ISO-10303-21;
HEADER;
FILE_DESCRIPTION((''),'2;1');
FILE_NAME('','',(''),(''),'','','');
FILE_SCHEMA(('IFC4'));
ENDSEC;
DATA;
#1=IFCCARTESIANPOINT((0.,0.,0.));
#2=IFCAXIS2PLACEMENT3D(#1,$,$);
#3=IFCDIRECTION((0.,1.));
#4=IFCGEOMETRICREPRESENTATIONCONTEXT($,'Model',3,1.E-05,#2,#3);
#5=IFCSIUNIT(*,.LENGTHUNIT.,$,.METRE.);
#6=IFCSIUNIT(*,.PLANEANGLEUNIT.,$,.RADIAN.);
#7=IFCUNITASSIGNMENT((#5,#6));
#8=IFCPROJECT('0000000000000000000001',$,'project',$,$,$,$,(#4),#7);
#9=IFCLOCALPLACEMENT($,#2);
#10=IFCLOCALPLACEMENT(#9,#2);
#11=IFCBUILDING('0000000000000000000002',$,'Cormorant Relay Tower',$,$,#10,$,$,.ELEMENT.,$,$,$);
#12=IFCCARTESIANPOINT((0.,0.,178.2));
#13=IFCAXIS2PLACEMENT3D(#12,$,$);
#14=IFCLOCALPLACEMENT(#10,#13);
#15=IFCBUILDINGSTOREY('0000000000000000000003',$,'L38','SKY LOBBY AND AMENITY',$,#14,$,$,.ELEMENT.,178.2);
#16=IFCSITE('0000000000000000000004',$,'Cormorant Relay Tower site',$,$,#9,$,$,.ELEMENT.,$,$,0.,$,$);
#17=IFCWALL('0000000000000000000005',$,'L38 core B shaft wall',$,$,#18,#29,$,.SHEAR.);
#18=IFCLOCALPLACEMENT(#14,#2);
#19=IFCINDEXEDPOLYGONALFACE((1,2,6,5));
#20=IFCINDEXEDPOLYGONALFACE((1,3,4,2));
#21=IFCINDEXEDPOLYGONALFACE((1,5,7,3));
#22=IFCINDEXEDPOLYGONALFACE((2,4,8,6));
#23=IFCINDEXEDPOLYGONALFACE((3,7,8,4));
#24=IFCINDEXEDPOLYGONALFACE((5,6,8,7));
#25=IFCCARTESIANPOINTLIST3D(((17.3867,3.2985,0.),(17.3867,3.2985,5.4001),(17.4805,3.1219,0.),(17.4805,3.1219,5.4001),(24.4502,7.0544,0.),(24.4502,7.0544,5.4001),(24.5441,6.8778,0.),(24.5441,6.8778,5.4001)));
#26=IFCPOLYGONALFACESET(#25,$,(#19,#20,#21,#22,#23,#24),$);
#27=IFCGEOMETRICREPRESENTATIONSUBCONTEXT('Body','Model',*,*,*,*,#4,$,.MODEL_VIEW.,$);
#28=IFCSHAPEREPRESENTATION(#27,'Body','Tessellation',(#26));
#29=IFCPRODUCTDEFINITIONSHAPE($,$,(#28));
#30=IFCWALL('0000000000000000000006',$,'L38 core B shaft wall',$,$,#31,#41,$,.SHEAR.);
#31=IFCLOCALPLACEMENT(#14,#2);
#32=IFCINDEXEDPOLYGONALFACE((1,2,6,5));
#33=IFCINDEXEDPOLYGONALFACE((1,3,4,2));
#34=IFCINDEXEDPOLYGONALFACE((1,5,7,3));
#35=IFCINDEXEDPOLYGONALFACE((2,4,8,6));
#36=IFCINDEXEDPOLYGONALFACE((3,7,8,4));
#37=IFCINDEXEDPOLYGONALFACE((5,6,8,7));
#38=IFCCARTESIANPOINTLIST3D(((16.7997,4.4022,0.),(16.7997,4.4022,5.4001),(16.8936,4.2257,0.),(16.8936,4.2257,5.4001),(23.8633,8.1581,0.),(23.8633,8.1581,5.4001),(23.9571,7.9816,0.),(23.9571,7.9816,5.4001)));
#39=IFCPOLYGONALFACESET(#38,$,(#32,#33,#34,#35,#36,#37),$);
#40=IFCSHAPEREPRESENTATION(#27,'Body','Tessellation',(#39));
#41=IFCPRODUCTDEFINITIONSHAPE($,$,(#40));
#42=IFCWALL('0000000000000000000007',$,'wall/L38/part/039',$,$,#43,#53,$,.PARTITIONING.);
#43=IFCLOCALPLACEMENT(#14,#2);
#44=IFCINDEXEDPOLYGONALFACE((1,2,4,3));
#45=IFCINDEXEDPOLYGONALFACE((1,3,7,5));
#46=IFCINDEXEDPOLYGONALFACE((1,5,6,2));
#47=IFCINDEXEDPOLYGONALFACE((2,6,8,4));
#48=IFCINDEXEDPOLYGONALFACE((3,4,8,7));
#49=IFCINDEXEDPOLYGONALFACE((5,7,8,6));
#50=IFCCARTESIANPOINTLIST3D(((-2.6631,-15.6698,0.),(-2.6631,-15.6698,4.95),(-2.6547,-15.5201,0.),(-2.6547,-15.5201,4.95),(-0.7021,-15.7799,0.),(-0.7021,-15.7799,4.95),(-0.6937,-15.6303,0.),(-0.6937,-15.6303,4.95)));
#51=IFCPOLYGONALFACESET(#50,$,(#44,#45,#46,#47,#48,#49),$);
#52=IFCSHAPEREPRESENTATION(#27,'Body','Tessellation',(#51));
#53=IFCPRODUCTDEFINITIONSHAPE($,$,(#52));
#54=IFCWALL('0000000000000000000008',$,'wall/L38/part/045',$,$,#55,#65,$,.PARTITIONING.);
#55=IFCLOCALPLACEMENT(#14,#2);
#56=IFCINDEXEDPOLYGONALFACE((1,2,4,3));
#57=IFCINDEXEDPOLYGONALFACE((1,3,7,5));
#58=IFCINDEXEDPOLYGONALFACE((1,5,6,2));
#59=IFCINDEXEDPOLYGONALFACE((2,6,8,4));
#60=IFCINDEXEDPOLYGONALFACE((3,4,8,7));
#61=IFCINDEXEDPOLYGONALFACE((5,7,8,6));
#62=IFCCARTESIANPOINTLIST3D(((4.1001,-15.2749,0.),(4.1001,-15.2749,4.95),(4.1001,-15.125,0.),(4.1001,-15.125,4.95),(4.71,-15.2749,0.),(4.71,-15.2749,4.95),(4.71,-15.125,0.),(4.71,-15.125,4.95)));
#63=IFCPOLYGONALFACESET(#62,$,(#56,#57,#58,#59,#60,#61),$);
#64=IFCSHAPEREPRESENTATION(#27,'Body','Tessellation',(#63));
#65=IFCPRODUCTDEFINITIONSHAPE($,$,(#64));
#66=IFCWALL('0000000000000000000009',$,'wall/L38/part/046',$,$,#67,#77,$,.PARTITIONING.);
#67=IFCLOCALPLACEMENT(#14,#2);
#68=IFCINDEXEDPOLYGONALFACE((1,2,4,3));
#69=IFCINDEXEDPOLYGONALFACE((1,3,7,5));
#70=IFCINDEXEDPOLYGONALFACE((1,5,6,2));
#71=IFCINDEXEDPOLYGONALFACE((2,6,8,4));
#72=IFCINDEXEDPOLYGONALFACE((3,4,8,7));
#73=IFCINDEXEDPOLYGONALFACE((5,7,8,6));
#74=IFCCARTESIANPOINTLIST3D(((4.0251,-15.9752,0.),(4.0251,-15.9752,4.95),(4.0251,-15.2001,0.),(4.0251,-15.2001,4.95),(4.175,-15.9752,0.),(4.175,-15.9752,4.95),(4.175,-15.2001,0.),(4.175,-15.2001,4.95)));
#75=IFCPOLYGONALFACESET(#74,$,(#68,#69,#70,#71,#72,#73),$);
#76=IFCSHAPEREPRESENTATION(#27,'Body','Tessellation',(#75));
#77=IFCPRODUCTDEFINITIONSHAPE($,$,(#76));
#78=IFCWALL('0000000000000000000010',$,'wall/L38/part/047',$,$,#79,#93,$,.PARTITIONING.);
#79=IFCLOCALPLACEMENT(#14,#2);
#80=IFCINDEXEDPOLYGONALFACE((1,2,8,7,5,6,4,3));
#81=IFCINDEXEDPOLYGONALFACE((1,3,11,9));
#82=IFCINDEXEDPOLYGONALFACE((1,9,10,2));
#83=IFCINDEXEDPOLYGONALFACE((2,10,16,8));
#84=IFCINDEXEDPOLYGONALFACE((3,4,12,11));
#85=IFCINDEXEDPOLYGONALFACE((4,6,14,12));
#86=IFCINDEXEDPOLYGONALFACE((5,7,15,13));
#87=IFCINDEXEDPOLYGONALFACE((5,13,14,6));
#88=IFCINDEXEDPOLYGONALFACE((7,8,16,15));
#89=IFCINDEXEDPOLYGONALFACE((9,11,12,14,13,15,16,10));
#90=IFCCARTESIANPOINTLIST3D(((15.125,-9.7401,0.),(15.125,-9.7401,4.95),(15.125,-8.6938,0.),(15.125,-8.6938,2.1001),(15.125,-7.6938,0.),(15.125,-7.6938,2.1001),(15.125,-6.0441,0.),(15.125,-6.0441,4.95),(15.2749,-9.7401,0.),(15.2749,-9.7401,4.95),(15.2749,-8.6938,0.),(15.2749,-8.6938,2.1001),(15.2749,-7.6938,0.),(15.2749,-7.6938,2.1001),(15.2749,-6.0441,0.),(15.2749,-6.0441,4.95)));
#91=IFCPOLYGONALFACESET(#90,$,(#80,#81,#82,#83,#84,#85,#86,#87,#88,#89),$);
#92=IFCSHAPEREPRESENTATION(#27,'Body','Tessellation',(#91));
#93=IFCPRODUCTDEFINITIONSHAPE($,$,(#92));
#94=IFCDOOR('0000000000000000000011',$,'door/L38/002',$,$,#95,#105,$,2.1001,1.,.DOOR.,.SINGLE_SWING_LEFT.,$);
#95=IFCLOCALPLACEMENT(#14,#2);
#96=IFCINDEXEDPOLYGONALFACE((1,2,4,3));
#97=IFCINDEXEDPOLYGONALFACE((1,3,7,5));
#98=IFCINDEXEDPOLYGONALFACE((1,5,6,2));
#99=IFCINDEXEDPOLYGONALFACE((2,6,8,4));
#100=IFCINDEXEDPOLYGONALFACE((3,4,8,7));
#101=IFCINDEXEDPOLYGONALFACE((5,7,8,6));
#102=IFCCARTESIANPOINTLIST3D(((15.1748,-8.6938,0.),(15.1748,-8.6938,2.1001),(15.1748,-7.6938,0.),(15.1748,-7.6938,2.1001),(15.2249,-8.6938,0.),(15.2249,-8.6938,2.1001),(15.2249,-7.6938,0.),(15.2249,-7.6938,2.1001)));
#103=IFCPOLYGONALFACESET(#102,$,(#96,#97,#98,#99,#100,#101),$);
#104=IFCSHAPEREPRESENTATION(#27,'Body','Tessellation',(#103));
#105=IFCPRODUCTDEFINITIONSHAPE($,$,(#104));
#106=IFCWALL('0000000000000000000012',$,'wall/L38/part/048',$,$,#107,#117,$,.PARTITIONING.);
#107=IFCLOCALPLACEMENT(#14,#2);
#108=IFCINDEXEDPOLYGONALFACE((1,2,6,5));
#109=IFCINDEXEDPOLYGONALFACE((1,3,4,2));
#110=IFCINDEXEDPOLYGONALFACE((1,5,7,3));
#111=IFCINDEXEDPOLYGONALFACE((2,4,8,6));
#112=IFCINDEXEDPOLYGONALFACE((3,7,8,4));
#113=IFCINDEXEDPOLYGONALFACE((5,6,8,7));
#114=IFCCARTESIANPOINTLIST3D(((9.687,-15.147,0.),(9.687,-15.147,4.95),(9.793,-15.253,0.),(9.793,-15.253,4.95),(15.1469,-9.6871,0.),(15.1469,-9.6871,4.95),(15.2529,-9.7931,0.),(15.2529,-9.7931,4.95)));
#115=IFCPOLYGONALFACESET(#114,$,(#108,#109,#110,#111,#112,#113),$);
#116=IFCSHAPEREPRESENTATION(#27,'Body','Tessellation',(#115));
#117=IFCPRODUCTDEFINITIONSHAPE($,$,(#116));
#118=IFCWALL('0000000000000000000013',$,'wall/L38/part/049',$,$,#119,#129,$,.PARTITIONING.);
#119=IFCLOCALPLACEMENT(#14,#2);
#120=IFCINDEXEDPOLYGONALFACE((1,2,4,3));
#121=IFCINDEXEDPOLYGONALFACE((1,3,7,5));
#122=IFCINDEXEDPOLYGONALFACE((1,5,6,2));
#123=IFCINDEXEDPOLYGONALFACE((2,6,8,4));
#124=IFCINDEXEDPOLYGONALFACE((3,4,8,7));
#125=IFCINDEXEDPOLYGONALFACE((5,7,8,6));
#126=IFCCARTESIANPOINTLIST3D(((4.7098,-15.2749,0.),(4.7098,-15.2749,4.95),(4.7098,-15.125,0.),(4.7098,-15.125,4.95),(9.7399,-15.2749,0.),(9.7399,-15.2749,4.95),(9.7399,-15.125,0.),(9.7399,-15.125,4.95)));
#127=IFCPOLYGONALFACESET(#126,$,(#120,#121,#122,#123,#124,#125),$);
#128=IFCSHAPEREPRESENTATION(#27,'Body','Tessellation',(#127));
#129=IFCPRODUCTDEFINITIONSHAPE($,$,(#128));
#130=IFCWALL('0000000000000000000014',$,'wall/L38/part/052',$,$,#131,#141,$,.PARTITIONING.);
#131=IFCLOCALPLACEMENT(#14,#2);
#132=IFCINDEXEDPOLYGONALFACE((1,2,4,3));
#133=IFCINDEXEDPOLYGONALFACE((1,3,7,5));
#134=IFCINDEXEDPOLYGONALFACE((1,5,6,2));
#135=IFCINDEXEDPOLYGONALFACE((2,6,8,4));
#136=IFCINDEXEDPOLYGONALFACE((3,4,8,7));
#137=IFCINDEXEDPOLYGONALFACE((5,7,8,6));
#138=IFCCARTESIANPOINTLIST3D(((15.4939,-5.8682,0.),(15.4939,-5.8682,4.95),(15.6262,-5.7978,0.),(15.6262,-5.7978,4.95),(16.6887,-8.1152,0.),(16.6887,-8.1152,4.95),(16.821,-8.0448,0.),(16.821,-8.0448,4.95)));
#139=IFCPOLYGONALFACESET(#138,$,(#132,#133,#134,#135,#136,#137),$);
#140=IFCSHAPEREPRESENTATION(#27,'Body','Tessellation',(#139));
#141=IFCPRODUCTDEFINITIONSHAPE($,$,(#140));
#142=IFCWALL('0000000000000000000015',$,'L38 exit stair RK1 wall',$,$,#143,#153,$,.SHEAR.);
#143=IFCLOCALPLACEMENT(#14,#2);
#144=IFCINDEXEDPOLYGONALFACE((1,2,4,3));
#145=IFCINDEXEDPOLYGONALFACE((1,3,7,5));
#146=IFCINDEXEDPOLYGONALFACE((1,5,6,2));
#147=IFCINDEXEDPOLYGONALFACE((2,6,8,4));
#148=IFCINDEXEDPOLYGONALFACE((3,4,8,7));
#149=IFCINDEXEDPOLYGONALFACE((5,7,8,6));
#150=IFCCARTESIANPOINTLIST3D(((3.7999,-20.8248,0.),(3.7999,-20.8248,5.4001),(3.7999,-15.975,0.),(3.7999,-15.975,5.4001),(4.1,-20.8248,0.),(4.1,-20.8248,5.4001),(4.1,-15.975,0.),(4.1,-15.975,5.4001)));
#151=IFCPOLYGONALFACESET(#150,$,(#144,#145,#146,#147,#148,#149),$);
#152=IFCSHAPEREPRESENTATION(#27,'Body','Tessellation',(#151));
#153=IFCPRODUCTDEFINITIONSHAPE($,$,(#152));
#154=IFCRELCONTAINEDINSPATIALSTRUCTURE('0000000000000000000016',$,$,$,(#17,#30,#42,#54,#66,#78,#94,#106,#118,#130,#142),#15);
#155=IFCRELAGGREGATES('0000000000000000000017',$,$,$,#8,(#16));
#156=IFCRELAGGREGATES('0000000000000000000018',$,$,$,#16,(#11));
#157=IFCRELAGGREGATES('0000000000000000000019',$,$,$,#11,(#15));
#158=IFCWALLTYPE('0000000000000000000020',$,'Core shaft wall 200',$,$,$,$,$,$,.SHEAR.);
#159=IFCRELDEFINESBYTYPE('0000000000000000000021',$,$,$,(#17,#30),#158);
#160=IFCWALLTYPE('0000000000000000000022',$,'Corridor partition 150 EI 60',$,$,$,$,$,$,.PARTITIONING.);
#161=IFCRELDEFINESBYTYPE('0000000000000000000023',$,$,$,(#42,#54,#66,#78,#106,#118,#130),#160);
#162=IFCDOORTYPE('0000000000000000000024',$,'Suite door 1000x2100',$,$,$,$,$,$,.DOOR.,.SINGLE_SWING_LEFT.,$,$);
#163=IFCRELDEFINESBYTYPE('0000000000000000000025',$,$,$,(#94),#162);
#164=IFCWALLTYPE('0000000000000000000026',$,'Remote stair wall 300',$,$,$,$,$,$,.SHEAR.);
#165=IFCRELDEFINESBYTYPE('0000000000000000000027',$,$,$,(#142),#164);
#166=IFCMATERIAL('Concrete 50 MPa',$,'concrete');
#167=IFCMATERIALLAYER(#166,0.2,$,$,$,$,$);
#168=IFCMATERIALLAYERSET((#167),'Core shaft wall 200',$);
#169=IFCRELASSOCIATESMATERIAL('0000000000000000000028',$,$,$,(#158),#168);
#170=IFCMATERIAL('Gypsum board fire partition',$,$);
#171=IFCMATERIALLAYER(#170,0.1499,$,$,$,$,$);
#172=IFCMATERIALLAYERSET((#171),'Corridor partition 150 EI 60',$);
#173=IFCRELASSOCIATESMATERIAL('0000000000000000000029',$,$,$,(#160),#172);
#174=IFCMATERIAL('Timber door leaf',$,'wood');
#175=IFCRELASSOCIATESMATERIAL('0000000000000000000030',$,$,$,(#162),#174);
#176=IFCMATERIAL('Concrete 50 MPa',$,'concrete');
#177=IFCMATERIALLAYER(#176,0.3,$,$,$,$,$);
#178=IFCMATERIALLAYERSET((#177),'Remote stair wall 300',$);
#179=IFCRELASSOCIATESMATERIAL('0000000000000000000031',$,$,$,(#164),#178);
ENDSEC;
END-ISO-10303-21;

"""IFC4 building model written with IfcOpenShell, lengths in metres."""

from ifc_helpers import new_model, si_unit, direction, frame, frame_2d, origin, place, context, subcontext, project, spatial, rectangle, extrude, material, layer, layer_set, type_object, element, fill, save


model = new_model("IFC4")

# Units and contexts
model_context = context("Model", 3, precision=1e-05, world=origin(), true_north=direction((0.0, 1.0)))
body_context = subcontext(model_context, "Body", "Model", "MODEL_VIEW")
ifc_project = project(units=[si_unit("LENGTHUNIT", "METRE"), si_unit("PLANEANGLEUNIT", "RADIAN")], contexts=[model_context])

# Site, building, storey
site_placement = place(None, origin())
site = spatial("IfcSite", under=ifc_project, at=site_placement, Name="Cormorant Relay Tower site", CompositionType="ELEMENT", RefElevation=0.0)
building_placement = place(site_placement, origin())
building = spatial("IfcBuilding", under=site, at=building_placement, Name="Cormorant Relay Tower", CompositionType="ELEMENT")
storey_placement = place(building_placement, frame((0.0, 0.0, 178.2)))
storey = spatial("IfcBuildingStorey", under=building, at=storey_placement, Name="L38", Description="SKY LOBBY AND AMENITY", CompositionType="ELEMENT", Elevation=178.2)

# Walls
ifc_material_1 = material(Name="Concrete 50 MPa", Category="concrete")
ifc_layer_1 = layer(ifc_material_1, 0.2)
ifc_layer_set_1 = layer_set([ifc_layer_1], Name="Core shaft wall 200")
wall_type_1 = type_object("IfcWallType", Name="Core shaft wall 200", PredefinedType="SHEAR", material=ifc_layer_set_1)
for number, where, z_axis, x_axis, name in (
    (1, (17.4336, 3.2102, 0.0), (0.0, 0.0, 1.0), (0.88294, 0.469485, 0.0), "L38 core B shaft wall"),
    (2, (16.8467, 4.314, 0.0), (0.0, 0.0, 1.0), (0.88294, 0.469485, 0.0), "L38 core B shaft wall"),
):
    element("IfcWall", number, at=place(storey_placement, frame(where, z_axis=z_axis, x_axis=x_axis)), inside=storey, type_object=wall_type_1, Name=name, PredefinedType="SHEAR", context=body_context, shape_type="SweptSolid", body=[
        extrude(rectangle(XDim=8.0, YDim=0.2, at=frame_2d((4.0, 0.0))), origin(), (0.0, 0.0, 1.0), 5.4001),
    ])
ifc_material_2 = material(Name="Gypsum board fire partition")
ifc_layer_2 = layer(ifc_material_2, 0.1499)
ifc_layer_set_2 = layer_set([ifc_layer_2], Name="Corridor partition 150 EI 60")
wall_type_2 = type_object("IfcWallType", Name="Corridor partition 150 EI 60", PredefinedType="PARTITIONING", material=ifc_layer_set_2)
wall_1_placement = place(storey_placement, frame((-0.698, -15.7051, 0.0), z_axis=(0.0, 0.0, 1.0), x_axis=(-0.998427, 0.056062, 0.0)))
element("IfcWall", 3, at=wall_1_placement, inside=storey, type_object=wall_type_2, Name="wall/L38/part/039", PredefinedType="PARTITIONING", context=body_context, shape_type="SweptSolid", body=[
    extrude(rectangle(XDim=1.9641, YDim=0.1499, at=frame_2d((0.9819, 0.0))), origin(), (0.0, 0.0, 1.0), 4.95),
])
wall_2_placement = place(storey_placement, frame((4.71, -15.2, 0.0), z_axis=(0.0, 0.0, 1.0), x_axis=(-1.0, 0.0, 0.0)))
element("IfcWall", 4, at=wall_2_placement, inside=storey, type_object=wall_type_2, Name="wall/L38/part/045", PredefinedType="PARTITIONING", context=body_context, shape_type="SweptSolid", body=[
    extrude(rectangle(XDim=0.6099, YDim=0.1499, at=frame_2d((0.3049, 0.0))), origin(), (0.0, 0.0, 1.0), 4.95),
])
wall_3_placement = place(storey_placement, frame((4.1001, -15.2, 0.0), z_axis=(0.0, 0.0, 1.0), x_axis=(0.0, -1.0, 0.0)))
element("IfcWall", 5, at=wall_3_placement, inside=storey, type_object=wall_type_2, Name="wall/L38/part/046", PredefinedType="PARTITIONING", context=body_context, shape_type="SweptSolid", body=[
    extrude(rectangle(XDim=0.7751, YDim=0.1499, at=frame_2d((0.3877, 0.0))), origin(), (0.0, 0.0, 1.0), 4.95),
])

# Wall, opening, door
wall_4_placement = place(storey_placement, frame((15.2, -6.0439, 0.0), z_axis=(0.0, 0.0, 1.0), x_axis=(0.0, -1.0, 0.0)))
wall_4 = element("IfcWall", 6, at=wall_4_placement, inside=storey, type_object=wall_type_2, Name="wall/L38/part/047", PredefinedType="PARTITIONING", context=body_context, shape_type="SweptSolid", body=[
    extrude(rectangle(XDim=3.696, YDim=0.1499, at=frame_2d((1.8481, 0.0))), origin(), (0.0, 0.0, 1.0), 4.95),
])
opening_placement = place(wall_4_placement, frame((1.6499, 0.0, 0.0)))
opening = element("IfcOpeningElement", 7, at=opening_placement, cuts=wall_4, PredefinedType="OPENING", context=body_context, shape_type="SweptSolid", body=[
    extrude(rectangle(XDim=1.0, YDim=2.1001, at=frame_2d((0.5, 1.05))), frame((0.0, 0.085, 0.0), z_axis=(0.0, -1.0, 0.0), x_axis=(1.0, 0.0, 0.0)), (0.0, 0.0, 1.0), 0.1699),
])
ifc_material_3 = material(Name="Timber door leaf", Category="wood")
door_type = type_object("IfcDoorType", Name="Suite door 1000x2100", OperationType="SINGLE_SWING_LEFT", PredefinedType="DOOR", material=ifc_material_3)
door_placement = place(opening_placement, origin())
door = element("IfcDoor", 8, at=door_placement, inside=storey, type_object=door_type, Name="door/L38/002", OperationType="SINGLE_SWING_LEFT", OverallHeight=2.1001, OverallWidth=1.0, PredefinedType="DOOR", context=body_context, shape_type="SweptSolid", body=[
    extrude(rectangle(XDim=1.0, YDim=2.1001, at=frame_2d((0.5, 1.05))), frame((0.0, 0.0249, 0.0), z_axis=(0.0, -1.0, 0.0), x_axis=(1.0, 0.0, 0.0)), (0.0, 0.0, 1.0), 0.05),
])
fill(opening, door)

# Walls
wall_5_placement = place(storey_placement, frame((15.2, -9.74, 0.0), z_axis=(0.0, 0.0, 1.0), x_axis=(-0.707107, -0.707107, 0.0)))
element("IfcWall", 9, at=wall_5_placement, inside=storey, type_object=wall_type_2, Name="wall/L38/part/048", PredefinedType="PARTITIONING", context=body_context, shape_type="SweptSolid", body=[
    extrude(rectangle(XDim=7.7214, YDim=0.1499, at=frame_2d((3.8608, 0.0))), origin(), (0.0, 0.0, 1.0), 4.95),
])
wall_6_placement = place(storey_placement, frame((9.74, -15.2, 0.0), z_axis=(0.0, 0.0, 1.0), x_axis=(-1.0, 0.0, 0.0)))
element("IfcWall", 10, at=wall_6_placement, inside=storey, type_object=wall_type_2, Name="wall/L38/part/049", PredefinedType="PARTITIONING", context=body_context, shape_type="SweptSolid", body=[
    extrude(rectangle(XDim=5.03, YDim=0.1499, at=frame_2d((2.5151, 0.0))), origin(), (0.0, 0.0, 1.0), 4.95),
])
wall_7_placement = place(storey_placement, frame((15.5601, -5.833, 0.0), z_axis=(0.0, 0.0, 1.0), x_axis=(0.469483, -0.882942, 0.0)))
element("IfcWall", 11, at=wall_7_placement, inside=storey, type_object=wall_type_2, Name="wall/L38/part/052", PredefinedType="PARTITIONING", context=body_context, shape_type="SweptSolid", body=[
    extrude(rectangle(XDim=2.5449, YDim=0.1499, at=frame_2d((1.2725, 0.0))), origin(), (0.0, 0.0, 1.0), 4.95),
])
ifc_material_4 = material(Name="Concrete 50 MPa", Category="concrete")
ifc_layer_3 = layer(ifc_material_4, 0.3)
ifc_layer_set_3 = layer_set([ifc_layer_3], Name="Remote stair wall 300")
wall_type_3 = type_object("IfcWallType", Name="Remote stair wall 300", PredefinedType="SHEAR", material=ifc_layer_set_3)
wall_8_placement = place(storey_placement, frame((3.95, -15.9751, 0.0), z_axis=(0.0, 0.0, 1.0), x_axis=(0.0, -1.0, 0.0)))
element("IfcWall", 12, at=wall_8_placement, inside=storey, type_object=wall_type_3, Name="L38 exit stair RK1 wall", PredefinedType="SHEAR", context=body_context, shape_type="SweptSolid", body=[
    extrude(rectangle(XDim=4.8499, YDim=0.3, at=frame_2d((2.4248, 0.0))), origin(), (0.0, 0.0, 1.0), 5.4001),
])

save(model, "model.ifc")
